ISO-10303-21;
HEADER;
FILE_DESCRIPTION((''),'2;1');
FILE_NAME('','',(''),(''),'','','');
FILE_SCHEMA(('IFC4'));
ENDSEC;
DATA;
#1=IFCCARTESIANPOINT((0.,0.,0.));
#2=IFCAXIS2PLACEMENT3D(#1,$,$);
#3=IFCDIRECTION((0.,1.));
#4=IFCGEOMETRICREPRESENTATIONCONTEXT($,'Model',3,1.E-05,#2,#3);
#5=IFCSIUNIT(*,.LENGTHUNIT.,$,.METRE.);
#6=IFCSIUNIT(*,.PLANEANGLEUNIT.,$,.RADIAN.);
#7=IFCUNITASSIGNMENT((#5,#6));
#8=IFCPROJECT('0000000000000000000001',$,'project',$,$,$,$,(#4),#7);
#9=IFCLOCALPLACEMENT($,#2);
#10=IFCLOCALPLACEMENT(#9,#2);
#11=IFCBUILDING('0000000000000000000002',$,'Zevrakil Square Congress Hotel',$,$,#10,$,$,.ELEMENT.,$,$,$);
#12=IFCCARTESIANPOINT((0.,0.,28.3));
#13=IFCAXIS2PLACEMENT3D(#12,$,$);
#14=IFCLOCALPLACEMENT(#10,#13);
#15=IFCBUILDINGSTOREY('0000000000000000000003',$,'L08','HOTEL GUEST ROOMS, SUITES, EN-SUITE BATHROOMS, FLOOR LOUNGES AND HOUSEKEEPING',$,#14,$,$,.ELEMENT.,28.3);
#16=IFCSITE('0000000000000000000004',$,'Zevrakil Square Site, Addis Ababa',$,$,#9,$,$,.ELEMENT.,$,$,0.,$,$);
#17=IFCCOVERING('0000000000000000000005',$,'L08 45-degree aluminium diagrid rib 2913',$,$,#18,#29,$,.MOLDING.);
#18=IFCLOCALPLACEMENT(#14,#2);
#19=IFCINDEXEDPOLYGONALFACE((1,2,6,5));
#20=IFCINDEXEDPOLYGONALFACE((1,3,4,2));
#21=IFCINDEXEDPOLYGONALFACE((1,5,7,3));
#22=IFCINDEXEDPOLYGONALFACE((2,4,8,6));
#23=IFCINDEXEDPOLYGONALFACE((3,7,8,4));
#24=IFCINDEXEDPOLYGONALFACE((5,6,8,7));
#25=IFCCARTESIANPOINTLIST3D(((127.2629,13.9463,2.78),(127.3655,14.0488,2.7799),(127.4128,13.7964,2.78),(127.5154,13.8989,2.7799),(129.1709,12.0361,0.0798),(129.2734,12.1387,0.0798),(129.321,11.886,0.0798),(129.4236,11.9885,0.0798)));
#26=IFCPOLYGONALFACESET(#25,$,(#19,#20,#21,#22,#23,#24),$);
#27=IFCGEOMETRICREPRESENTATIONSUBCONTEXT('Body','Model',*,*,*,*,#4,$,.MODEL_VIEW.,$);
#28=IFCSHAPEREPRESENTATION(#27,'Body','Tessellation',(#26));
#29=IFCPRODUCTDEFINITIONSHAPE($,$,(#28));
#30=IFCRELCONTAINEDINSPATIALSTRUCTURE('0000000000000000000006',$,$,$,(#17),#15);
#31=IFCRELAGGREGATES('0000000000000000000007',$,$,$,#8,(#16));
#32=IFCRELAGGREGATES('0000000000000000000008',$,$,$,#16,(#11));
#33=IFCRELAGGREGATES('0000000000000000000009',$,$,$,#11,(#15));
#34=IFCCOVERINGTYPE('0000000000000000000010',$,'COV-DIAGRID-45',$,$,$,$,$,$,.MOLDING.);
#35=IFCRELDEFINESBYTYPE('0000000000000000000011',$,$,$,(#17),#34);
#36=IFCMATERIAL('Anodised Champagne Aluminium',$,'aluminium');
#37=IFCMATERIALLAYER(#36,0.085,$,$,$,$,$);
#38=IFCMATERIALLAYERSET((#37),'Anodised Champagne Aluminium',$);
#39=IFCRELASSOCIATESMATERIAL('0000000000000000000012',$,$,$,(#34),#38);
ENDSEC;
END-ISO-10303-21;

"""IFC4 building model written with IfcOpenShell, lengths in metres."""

from ifc_helpers import new_model, si_unit, direction, frame, origin, place, context, subcontext, project, spatial, polyline, outline, extrude, material, layer, layer_set, type_object, element, save


model = new_model("IFC4")

# Units and contexts
model_context = context("Model", 3, precision=1e-05, world=origin(), true_north=direction((0.0, 1.0)))
body_context = subcontext(model_context, "Body", "Model", "MODEL_VIEW")
ifc_project = project(units=[si_unit("LENGTHUNIT", "METRE"), si_unit("PLANEANGLEUNIT", "RADIAN")], contexts=[model_context])

# Site, building, storey
site_placement = place(None, origin())
site = spatial("IfcSite", under=ifc_project, at=site_placement, Name="Zevrakil Square Site, Addis Ababa", CompositionType="ELEMENT", RefElevation=0.0)
building_placement = place(site_placement, origin())
building = spatial("IfcBuilding", under=site, at=building_placement, Name="Zevrakil Square Congress Hotel", CompositionType="ELEMENT")
storey_placement = place(building_placement, frame((0.0, 0.0, 28.3)))
storey = spatial("IfcBuildingStorey", under=building, at=storey_placement, Name="L08", Description="HOTEL GUEST ROOMS, SUITES, EN-SUITE BATHROOMS, FLOOR LOUNGES AND HOUSEKEEPING", CompositionType="ELEMENT", Elevation=28.3)

# Covering
ifc_material_1 = material(Name="Anodised Champagne Aluminium", Category="aluminium")
ifc_layer_1 = layer(ifc_material_1, 0.085)
ifc_layer_set_1 = layer_set([ifc_layer_1], Name="Anodised Champagne Aluminium")
covering_type = type_object("IfcCoveringType", Name="COV-DIAGRID-45", PredefinedType="MOLDING", material=ifc_layer_set_1)
covering_placement = place(storey_placement, frame((127.2629, 13.9463, 2.78), z_axis=(-0.707107, -0.707107, 0.000575), x_axis=(0.707107, -0.707107, 0.0)))
element("IfcCovering", 1, at=covering_placement, inside=storey, type_object=covering_type, Name="L08 45-degree aluminium diagrid rib 2913", PredefinedType="MOLDING", context=body_context, shape_type="SweptSolid", body=[
    extrude(outline(polyline([(0.0, 0.0), (0.212, 0.0), (2.9122, -2.7002), (2.6998, -2.7002), (0.0, 0.0)])), origin(), (0.0, 0.0, -1.0), 0.145),
])

save(model, "model.ifc")
